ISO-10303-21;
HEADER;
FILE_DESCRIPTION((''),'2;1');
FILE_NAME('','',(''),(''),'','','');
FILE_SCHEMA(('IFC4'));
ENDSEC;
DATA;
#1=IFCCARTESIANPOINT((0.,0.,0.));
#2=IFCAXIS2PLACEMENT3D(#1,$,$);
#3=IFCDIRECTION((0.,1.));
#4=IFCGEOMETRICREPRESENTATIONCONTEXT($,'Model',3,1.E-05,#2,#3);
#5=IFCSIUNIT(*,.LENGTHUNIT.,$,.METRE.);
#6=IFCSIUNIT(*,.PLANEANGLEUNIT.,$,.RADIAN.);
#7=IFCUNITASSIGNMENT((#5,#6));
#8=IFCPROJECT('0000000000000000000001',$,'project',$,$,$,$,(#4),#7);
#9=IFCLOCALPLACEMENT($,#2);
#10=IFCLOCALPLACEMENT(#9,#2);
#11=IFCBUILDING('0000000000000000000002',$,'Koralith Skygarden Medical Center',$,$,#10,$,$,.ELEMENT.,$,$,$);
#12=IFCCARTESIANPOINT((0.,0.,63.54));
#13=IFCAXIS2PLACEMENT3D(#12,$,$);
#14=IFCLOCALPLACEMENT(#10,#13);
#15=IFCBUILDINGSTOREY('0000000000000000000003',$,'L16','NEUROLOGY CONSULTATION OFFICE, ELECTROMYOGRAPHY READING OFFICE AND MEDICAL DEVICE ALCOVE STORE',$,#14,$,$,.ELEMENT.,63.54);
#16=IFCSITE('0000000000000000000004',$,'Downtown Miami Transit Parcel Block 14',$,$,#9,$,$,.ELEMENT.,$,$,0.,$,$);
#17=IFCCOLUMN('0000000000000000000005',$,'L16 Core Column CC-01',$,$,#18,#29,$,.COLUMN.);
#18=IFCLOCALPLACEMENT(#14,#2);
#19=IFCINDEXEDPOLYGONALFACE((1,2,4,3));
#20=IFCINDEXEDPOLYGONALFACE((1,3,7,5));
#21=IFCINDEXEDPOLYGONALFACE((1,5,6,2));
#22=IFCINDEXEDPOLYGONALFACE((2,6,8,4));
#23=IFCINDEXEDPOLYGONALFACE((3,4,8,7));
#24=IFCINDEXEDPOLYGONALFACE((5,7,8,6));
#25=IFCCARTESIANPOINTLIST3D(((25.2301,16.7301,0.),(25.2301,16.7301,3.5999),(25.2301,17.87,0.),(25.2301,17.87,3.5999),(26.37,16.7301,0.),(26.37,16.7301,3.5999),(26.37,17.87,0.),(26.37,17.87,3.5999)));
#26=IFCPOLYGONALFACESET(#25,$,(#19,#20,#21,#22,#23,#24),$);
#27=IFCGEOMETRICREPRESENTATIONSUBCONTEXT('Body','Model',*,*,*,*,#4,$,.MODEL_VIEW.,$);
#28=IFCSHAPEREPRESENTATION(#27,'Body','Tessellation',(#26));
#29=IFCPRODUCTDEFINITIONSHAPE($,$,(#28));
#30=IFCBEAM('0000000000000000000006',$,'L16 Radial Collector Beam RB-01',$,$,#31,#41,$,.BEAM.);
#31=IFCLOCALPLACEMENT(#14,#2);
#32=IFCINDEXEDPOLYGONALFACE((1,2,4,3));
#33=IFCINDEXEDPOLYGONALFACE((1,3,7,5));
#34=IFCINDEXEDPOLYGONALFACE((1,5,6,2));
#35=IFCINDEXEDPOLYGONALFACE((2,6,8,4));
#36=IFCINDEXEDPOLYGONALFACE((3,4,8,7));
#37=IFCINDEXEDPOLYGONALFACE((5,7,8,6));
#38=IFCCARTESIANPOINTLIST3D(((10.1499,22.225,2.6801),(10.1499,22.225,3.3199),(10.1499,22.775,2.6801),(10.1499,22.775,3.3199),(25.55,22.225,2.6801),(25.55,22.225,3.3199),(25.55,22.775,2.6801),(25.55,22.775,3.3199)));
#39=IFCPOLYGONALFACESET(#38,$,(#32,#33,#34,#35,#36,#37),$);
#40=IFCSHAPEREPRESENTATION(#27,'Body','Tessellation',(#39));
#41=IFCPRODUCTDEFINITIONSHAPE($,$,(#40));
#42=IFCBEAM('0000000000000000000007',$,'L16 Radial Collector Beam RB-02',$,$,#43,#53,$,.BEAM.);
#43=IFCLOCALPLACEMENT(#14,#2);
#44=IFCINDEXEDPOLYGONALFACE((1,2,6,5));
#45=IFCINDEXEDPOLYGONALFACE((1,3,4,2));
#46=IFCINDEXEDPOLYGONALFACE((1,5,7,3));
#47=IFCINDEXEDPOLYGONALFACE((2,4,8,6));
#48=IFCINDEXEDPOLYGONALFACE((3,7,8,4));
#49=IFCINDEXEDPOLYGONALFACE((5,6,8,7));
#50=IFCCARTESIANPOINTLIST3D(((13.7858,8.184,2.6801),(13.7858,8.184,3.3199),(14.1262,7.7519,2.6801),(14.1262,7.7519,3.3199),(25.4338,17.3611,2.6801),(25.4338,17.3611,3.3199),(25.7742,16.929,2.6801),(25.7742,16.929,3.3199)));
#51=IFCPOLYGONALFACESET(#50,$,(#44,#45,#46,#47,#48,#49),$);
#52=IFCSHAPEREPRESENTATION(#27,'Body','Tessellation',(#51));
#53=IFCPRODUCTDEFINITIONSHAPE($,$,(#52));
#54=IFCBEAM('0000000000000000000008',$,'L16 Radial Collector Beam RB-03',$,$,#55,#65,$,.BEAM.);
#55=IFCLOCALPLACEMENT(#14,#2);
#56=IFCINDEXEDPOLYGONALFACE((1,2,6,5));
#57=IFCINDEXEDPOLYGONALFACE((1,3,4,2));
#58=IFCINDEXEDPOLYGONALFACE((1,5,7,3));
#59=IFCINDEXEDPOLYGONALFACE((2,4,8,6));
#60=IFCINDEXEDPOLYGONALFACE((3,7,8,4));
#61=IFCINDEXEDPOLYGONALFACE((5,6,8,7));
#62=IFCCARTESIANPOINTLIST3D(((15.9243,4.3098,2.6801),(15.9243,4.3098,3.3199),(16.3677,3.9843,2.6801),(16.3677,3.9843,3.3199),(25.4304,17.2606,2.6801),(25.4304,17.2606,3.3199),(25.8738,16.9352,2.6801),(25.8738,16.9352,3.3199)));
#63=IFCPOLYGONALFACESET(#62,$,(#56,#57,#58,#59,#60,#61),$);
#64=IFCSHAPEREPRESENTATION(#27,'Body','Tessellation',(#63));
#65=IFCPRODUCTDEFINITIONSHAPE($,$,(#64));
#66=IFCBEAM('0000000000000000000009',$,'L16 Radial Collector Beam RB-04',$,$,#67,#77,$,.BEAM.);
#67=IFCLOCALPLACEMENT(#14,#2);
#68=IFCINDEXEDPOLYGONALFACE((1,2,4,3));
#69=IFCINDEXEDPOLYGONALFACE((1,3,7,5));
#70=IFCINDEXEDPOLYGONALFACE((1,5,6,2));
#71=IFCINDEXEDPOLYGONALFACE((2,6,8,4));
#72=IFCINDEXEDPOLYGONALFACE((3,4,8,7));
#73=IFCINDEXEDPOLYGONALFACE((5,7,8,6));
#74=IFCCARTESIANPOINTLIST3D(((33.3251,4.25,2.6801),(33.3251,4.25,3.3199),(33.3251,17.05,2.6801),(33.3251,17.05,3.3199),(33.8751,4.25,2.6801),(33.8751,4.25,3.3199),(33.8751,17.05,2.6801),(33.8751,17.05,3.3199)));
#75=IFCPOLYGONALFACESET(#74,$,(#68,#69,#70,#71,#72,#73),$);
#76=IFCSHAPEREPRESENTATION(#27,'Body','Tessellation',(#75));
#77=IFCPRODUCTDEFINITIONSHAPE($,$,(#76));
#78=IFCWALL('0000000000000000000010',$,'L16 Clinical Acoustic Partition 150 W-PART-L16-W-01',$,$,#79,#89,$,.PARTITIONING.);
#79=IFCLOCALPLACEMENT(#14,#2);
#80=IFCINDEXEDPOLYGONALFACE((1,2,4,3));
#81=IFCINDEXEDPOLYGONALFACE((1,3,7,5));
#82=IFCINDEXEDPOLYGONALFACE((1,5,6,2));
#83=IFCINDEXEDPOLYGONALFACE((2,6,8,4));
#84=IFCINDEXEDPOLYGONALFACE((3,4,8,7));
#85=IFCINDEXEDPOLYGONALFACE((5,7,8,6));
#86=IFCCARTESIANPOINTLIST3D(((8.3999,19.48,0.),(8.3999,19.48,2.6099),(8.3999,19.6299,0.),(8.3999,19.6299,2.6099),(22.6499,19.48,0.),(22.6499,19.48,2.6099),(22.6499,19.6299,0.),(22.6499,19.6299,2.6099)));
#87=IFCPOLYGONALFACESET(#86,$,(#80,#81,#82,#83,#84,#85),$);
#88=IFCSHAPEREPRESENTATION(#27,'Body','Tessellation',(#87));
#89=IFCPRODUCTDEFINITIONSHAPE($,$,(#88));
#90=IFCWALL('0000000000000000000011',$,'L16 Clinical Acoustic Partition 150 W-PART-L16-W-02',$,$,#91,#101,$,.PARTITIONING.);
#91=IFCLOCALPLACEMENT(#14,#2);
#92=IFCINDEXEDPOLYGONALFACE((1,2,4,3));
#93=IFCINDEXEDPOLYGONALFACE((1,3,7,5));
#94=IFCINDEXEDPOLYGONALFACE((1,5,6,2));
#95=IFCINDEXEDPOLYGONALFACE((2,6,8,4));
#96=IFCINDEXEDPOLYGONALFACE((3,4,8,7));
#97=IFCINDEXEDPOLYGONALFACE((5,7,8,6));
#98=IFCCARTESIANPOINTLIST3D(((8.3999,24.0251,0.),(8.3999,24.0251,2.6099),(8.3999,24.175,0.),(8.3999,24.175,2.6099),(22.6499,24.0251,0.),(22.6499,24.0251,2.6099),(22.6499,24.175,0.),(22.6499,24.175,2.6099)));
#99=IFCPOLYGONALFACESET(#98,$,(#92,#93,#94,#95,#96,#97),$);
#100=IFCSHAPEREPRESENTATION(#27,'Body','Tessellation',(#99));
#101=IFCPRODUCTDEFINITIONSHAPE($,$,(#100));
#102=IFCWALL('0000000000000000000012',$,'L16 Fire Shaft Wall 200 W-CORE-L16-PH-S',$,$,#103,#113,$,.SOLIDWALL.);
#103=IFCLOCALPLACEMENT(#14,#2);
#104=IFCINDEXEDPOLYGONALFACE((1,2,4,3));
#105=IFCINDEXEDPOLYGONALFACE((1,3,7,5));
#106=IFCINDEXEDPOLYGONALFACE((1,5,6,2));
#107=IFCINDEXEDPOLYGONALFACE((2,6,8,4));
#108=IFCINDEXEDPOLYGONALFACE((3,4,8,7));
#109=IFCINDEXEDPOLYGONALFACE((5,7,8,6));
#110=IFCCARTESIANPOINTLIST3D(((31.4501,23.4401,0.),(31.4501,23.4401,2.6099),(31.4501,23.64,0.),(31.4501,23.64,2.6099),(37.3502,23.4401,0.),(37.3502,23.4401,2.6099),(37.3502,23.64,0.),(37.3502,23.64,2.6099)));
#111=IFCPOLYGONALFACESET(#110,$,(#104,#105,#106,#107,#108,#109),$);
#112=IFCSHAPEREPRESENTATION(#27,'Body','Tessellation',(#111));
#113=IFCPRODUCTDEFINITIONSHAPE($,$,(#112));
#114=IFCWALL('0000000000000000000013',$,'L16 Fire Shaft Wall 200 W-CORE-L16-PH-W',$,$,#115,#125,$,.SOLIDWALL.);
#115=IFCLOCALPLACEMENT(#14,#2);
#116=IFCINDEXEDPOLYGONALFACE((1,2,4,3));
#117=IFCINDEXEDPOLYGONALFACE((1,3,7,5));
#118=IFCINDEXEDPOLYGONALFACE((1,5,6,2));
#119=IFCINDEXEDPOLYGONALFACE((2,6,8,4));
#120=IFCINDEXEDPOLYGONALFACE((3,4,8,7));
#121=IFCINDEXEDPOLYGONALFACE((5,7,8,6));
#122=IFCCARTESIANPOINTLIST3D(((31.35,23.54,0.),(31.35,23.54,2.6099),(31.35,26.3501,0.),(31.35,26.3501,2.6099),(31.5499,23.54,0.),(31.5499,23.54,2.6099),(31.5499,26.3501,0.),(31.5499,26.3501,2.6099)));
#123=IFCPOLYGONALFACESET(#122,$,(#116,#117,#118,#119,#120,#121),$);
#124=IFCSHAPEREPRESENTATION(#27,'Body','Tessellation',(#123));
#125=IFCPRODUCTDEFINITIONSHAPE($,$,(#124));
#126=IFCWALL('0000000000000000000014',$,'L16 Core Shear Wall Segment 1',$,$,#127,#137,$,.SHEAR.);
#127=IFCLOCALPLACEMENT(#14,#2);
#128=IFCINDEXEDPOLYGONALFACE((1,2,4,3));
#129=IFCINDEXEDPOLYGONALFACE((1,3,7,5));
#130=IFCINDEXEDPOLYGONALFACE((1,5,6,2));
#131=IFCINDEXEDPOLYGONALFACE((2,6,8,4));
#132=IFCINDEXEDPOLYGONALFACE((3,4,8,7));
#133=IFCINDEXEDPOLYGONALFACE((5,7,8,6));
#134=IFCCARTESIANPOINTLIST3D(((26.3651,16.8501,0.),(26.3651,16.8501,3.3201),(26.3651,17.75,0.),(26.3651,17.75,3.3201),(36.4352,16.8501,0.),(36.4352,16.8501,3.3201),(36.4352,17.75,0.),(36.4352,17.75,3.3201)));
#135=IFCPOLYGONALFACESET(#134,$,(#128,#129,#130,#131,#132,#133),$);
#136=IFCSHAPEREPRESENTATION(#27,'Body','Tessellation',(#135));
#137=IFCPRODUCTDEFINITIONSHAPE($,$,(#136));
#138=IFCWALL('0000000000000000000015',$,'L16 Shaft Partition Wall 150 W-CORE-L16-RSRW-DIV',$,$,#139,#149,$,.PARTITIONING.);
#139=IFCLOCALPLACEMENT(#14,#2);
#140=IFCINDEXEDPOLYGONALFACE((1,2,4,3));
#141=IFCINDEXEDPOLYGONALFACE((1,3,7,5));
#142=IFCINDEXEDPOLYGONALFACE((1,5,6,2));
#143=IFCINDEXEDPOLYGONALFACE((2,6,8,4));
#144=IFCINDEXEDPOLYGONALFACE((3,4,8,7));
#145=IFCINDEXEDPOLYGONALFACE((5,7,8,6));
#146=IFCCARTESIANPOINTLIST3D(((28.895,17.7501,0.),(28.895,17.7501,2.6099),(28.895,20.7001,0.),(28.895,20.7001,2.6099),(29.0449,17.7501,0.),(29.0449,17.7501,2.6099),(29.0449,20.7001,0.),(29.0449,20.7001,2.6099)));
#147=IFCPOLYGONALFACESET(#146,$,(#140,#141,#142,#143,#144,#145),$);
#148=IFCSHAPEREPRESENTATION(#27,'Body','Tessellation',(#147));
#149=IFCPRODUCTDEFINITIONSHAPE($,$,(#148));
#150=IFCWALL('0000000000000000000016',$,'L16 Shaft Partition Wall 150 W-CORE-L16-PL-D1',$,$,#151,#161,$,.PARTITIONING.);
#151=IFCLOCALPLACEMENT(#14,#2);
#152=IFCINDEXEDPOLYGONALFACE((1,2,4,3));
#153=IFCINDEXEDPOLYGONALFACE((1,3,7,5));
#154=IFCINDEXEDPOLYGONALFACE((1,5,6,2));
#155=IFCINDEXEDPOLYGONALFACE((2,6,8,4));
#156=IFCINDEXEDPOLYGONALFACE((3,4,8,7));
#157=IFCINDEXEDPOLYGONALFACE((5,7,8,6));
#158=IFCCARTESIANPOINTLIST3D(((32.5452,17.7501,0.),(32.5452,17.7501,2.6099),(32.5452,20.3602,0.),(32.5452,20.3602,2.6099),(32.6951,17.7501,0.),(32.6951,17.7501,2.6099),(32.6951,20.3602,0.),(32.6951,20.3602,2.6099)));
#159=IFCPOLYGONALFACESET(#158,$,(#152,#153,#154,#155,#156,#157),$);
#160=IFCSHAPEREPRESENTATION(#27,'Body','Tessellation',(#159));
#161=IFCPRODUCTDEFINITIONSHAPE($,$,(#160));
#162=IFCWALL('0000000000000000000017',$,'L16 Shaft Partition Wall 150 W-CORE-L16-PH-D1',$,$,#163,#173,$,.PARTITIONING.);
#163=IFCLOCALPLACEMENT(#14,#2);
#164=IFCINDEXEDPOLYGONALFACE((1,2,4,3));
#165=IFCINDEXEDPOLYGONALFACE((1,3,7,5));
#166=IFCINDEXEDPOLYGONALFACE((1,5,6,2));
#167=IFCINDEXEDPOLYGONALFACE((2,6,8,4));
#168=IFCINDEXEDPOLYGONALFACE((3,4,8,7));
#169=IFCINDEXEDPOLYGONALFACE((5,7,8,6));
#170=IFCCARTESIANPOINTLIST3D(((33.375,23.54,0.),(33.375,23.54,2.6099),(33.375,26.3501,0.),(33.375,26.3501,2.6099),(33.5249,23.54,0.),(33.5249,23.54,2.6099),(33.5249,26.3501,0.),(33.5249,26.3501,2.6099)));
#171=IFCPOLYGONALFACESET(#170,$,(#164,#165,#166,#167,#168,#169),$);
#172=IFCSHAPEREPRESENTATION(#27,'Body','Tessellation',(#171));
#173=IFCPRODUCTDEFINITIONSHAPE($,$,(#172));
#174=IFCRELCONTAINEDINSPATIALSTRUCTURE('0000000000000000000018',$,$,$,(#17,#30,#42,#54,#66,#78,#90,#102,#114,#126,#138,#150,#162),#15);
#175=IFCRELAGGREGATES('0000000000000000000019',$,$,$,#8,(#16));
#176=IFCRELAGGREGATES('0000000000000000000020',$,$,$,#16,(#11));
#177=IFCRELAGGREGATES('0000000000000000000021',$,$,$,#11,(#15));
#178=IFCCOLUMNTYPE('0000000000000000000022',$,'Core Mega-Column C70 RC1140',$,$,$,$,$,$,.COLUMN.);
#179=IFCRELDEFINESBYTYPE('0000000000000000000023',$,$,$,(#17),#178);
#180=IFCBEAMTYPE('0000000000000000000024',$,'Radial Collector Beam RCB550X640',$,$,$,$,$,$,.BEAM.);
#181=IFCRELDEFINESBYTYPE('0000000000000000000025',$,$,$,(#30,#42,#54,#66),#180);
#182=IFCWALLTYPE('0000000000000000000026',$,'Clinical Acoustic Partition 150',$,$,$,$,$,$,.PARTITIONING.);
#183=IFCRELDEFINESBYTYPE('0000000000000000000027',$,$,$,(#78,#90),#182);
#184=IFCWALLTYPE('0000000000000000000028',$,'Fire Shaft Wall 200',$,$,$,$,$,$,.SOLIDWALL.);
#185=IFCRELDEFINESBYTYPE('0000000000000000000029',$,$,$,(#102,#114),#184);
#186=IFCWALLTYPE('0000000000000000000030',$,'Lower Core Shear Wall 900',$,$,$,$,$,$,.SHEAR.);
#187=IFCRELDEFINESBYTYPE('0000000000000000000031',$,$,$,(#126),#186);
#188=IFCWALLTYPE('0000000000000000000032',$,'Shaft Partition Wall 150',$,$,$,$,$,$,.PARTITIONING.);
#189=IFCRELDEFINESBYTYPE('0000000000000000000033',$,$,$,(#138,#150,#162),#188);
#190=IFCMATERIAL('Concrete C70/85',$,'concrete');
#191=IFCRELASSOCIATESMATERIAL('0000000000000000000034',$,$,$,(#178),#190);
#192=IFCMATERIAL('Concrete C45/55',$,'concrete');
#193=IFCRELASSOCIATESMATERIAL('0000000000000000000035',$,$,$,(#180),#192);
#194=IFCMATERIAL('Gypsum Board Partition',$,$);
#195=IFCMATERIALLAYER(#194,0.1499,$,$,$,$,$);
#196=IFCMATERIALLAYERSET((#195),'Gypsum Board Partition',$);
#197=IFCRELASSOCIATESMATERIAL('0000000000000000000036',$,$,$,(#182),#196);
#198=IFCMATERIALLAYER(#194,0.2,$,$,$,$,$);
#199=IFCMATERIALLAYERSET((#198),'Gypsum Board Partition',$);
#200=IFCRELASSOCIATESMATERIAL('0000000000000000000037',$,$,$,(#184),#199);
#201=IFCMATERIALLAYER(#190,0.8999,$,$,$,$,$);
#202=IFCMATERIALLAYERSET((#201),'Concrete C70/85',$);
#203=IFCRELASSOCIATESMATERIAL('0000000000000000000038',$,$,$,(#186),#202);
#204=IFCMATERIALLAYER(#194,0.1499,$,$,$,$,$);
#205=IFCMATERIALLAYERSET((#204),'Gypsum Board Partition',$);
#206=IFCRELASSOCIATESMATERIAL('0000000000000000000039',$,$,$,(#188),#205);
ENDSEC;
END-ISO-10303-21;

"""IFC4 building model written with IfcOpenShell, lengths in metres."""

from ifc_helpers import new_model, si_unit, direction, frame, frame_2d, origin, origin_2d, place, context, subcontext, project, spatial, rectangle, extrude, material, layer, layer_set, material_profile, profile_set, type_object, element, save


model = new_model("IFC4")

# Units and contexts
model_context = context("Model", 3, precision=1e-05, world=origin(), true_north=direction((0.0, 1.0)))
body_context = subcontext(model_context, "Body", "Model", "MODEL_VIEW")
ifc_project = project(units=[si_unit("LENGTHUNIT", "METRE"), si_unit("PLANEANGLEUNIT", "RADIAN")], contexts=[model_context])

# Site, building, storey
site_placement = place(None, origin())
site = spatial("IfcSite", under=ifc_project, at=site_placement, Name="Downtown Miami Transit Parcel Block 14", CompositionType="ELEMENT", RefElevation=0.0)
building_placement = place(site_placement, origin())
building = spatial("IfcBuilding", under=site, at=building_placement, Name="Koralith Skygarden Medical Center", CompositionType="ELEMENT")
storey_placement = place(building_placement, frame((0.0, 0.0, 63.54)))
storey = spatial("IfcBuildingStorey", under=building, at=storey_placement, Name="L16", Description="NEUROLOGY CONSULTATION OFFICE, ELECTROMYOGRAPHY READING OFFICE AND MEDICAL DEVICE ALCOVE STORE", CompositionType="ELEMENT", Elevation=63.54)

# Column
ifc_material_1 = material(Name="Concrete C70/85", Category="concrete")
ifc_material_profile_1 = material_profile(ifc_material_1, rectangle(XDim=1.1399, YDim=1.1399, at=origin_2d()), Name="RC1140X1140")
ifc_profile_set_1 = profile_set([ifc_material_profile_1], Name="Concrete C70/85")
column_type = type_object("IfcColumnType", Name="Core Mega-Column C70 RC1140", PredefinedType="COLUMN", material=ifc_profile_set_1)
column_placement = place(storey_placement, frame((25.8, 17.3, 0.0), z_axis=(0.0, 0.0, 1.0), x_axis=(1.0, 0.0, 0.0)))
element("IfcColumn", 1, at=column_placement, inside=storey, type_object=column_type, Name="L16 Core Column CC-01", PredefinedType="COLUMN", context=body_context, shape_type="SweptSolid", body=[
    extrude(rectangle(XDim=1.1399, YDim=1.1399, at=origin_2d()), origin(), (0.0, 0.0, 1.0), 3.5999),
])

# Beams
ifc_material_2 = material(Name="Concrete C45/55", Category="concrete")
ifc_material_profile_2 = material_profile(ifc_material_2, rectangle(XDim=0.55, YDim=0.6399, at=origin_2d()), Name="RCB550X640")
ifc_profile_set_2 = profile_set([ifc_material_profile_2], Name="Concrete C45/55")
beam_type = type_object("IfcBeamType", Name="Radial Collector Beam RCB550X640", PredefinedType="BEAM", material=ifc_profile_set_2)
beam_1_placement = place(storey_placement, frame((25.55, 22.5, 3.0), z_axis=(-1.0, 0.0, 0.0), x_axis=(0.0, -1.0, 0.0)))
element("IfcBeam", 2, at=beam_1_placement, inside=storey, type_object=beam_type, Name="L16 Radial Collector Beam RB-01", PredefinedType="BEAM", context=body_context, shape_type="SweptSolid", body=[
    extrude(rectangle(XDim=0.55, YDim=0.6399, at=origin_2d()), origin(), (0.0, 0.0, 1.0), 15.4001),
])
beam_2_placement = place(storey_placement, frame((25.604, 17.145, 3.0), z_axis=(-0.785497, -0.618865, 0.0), x_axis=(0.618865, -0.785497, 0.0)))
element("IfcBeam", 3, at=beam_2_placement, inside=storey, type_object=beam_type, Name="L16 Radial Collector Beam RB-02", PredefinedType="BEAM", context=body_context, shape_type="SweptSolid", body=[
    extrude(rectangle(XDim=0.55, YDim=0.6399, at=origin_2d()), origin(), (0.0, 0.0, 1.0), 14.8289),
])
beam_3_placement = place(storey_placement, frame((25.6521, 17.0979, 3.0), z_axis=(-0.591718, -0.806145, 0.0), x_axis=(0.806145, -0.591718, 0.0)))
element("IfcBeam", 4, at=beam_3_placement, inside=storey, type_object=beam_type, Name="L16 Radial Collector Beam RB-03", PredefinedType="BEAM", context=body_context, shape_type="SweptSolid", body=[
    extrude(rectangle(XDim=0.55, YDim=0.6399, at=origin_2d()), origin(), (0.0, 0.0, 1.0), 16.0652),
])
beam_4_placement = place(storey_placement, frame((33.6001, 17.05, 3.0), z_axis=(0.0, -1.0, 0.0), x_axis=(1.0, 0.0, 0.0)))
element("IfcBeam", 5, at=beam_4_placement, inside=storey, type_object=beam_type, Name="L16 Radial Collector Beam RB-04", PredefinedType="BEAM", context=body_context, shape_type="SweptSolid", body=[
    extrude(rectangle(XDim=0.55, YDim=0.6399, at=origin_2d()), origin(), (0.0, 0.0, 1.0), 12.8),
])

# Walls
ifc_material_3 = material(Name="Gypsum Board Partition")
ifc_layer_1 = layer(ifc_material_3, 0.1499)
ifc_layer_set_1 = layer_set([ifc_layer_1], Name="Gypsum Board Partition")
wall_type_1 = type_object("IfcWallType", Name="Clinical Acoustic Partition 150", PredefinedType="PARTITIONING", material=ifc_layer_set_1)
for number, where, z_axis, x_axis, name in (
    (6, (22.6499, 19.5549, 0.0), (0.0, 0.0, 1.0), (-1.0, 0.0, 0.0), "L16 Clinical Acoustic Partition 150 W-PART-L16-W-01"),
    (7, (22.6499, 24.1001, 0.0), (0.0, 0.0, 1.0), (-1.0, 0.0, 0.0), "L16 Clinical Acoustic Partition 150 W-PART-L16-W-02"),
):
    element("IfcWall", number, at=place(storey_placement, frame(where, z_axis=z_axis, x_axis=x_axis)), inside=storey, type_object=wall_type_1, Name=name, PredefinedType="PARTITIONING", context=body_context, shape_type="SweptSolid", body=[
        extrude(rectangle(XDim=14.25, YDim=0.1499, at=frame_2d((7.125, 0.0))), origin(), (0.0, 0.0, 1.0), 2.6099),
    ])

# Shared definitions
ifc_layer_2 = layer(ifc_material_3, 0.2)
ifc_layer_set_2 = layer_set([ifc_layer_2], Name="Gypsum Board Partition")
wall_type_2 = type_object("IfcWallType", Name="Fire Shaft Wall 200", PredefinedType="SOLIDWALL", material=ifc_layer_set_2)

# Walls
wall_1_placement = place(storey_placement, frame((31.45, 23.54, 0.0), z_axis=(0.0, 0.0, 1.0), x_axis=(1.0, 0.0, 0.0)))
element("IfcWall", 8, at=wall_1_placement, inside=storey, type_object=wall_type_2, Name="L16 Fire Shaft Wall 200 W-CORE-L16-PH-S", PredefinedType="SOLIDWALL", context=body_context, shape_type="SweptSolid", body=[
    extrude(rectangle(XDim=5.9001, YDim=0.2, at=frame_2d((2.9502, 0.0))), origin(), (0.0, 0.0, 1.0), 2.6099),
])
wall_2_placement = place(storey_placement, frame((31.45, 23.54, 0.0), z_axis=(0.0, 0.0, 1.0), x_axis=(0.0, 1.0, 0.0)))
element("IfcWall", 9, at=wall_2_placement, inside=storey, type_object=wall_type_2, Name="L16 Fire Shaft Wall 200 W-CORE-L16-PH-W", PredefinedType="SOLIDWALL", context=body_context, shape_type="SweptSolid", body=[
    extrude(rectangle(XDim=2.8101, YDim=0.2, at=frame_2d((1.405, 0.0))), origin(), (0.0, 0.0, 1.0), 2.6099),
])
ifc_layer_3 = layer(ifc_material_1, 0.8999)
ifc_layer_set_3 = layer_set([ifc_layer_3], Name="Concrete C70/85")
wall_type_3 = type_object("IfcWallType", Name="Lower Core Shear Wall 900", PredefinedType="SHEAR", material=ifc_layer_set_3)
wall_3_placement = place(storey_placement, frame((26.365, 17.3, 0.0), z_axis=(0.0, 0.0, 1.0), x_axis=(1.0, 0.0, 0.0)))
element("IfcWall", 10, at=wall_3_placement, inside=storey, type_object=wall_type_3, Name="L16 Core Shear Wall Segment 1", PredefinedType="SHEAR", context=body_context, shape_type="SweptSolid", body=[
    extrude(rectangle(XDim=10.0701, YDim=0.8999, at=frame_2d((5.0352, 0.0))), origin(), (0.0, 0.0, 1.0), 3.3201),
])
ifc_layer_4 = layer(ifc_material_3, 0.1499)
ifc_layer_set_4 = layer_set([ifc_layer_4], Name="Gypsum Board Partition")
wall_type_4 = type_object("IfcWallType", Name="Shaft Partition Wall 150", PredefinedType="PARTITIONING", material=ifc_layer_set_4)
wall_4_placement = place(storey_placement, frame((28.97, 17.75, 0.0), z_axis=(0.0, 0.0, 1.0), x_axis=(0.0, 1.0, 0.0)))
element("IfcWall", 11, at=wall_4_placement, inside=storey, type_object=wall_type_4, Name="L16 Shaft Partition Wall 150 W-CORE-L16-RSRW-DIV", PredefinedType="PARTITIONING", context=body_context, shape_type="SweptSolid", body=[
    extrude(rectangle(XDim=2.95, YDim=0.1499, at=frame_2d((1.4751, 0.0))), origin(), (0.0, 0.0, 1.0), 2.6099),
])
wall_5_placement = place(storey_placement, frame((32.6201, 17.75, 0.0), z_axis=(0.0, 0.0, 1.0), x_axis=(0.0, 1.0, 0.0)))
element("IfcWall", 12, at=wall_5_placement, inside=storey, type_object=wall_type_4, Name="L16 Shaft Partition Wall 150 W-CORE-L16-PL-D1", PredefinedType="PARTITIONING", context=body_context, shape_type="SweptSolid", body=[
    extrude(rectangle(XDim=2.6101, YDim=0.1499, at=frame_2d((1.3052, 0.0))), origin(), (0.0, 0.0, 1.0), 2.6099),
])
wall_6_placement = place(storey_placement, frame((33.45, 23.54, 0.0), z_axis=(0.0, 0.0, 1.0), x_axis=(0.0, 1.0, 0.0)))
element("IfcWall", 13, at=wall_6_placement, inside=storey, type_object=wall_type_4, Name="L16 Shaft Partition Wall 150 W-CORE-L16-PH-D1", PredefinedType="PARTITIONING", context=body_context, shape_type="SweptSolid", body=[
    extrude(rectangle(XDim=2.8101, YDim=0.1499, at=frame_2d((1.405, 0.0))), origin(), (0.0, 0.0, 1.0), 2.6099),
])

save(model, "model.ifc")
